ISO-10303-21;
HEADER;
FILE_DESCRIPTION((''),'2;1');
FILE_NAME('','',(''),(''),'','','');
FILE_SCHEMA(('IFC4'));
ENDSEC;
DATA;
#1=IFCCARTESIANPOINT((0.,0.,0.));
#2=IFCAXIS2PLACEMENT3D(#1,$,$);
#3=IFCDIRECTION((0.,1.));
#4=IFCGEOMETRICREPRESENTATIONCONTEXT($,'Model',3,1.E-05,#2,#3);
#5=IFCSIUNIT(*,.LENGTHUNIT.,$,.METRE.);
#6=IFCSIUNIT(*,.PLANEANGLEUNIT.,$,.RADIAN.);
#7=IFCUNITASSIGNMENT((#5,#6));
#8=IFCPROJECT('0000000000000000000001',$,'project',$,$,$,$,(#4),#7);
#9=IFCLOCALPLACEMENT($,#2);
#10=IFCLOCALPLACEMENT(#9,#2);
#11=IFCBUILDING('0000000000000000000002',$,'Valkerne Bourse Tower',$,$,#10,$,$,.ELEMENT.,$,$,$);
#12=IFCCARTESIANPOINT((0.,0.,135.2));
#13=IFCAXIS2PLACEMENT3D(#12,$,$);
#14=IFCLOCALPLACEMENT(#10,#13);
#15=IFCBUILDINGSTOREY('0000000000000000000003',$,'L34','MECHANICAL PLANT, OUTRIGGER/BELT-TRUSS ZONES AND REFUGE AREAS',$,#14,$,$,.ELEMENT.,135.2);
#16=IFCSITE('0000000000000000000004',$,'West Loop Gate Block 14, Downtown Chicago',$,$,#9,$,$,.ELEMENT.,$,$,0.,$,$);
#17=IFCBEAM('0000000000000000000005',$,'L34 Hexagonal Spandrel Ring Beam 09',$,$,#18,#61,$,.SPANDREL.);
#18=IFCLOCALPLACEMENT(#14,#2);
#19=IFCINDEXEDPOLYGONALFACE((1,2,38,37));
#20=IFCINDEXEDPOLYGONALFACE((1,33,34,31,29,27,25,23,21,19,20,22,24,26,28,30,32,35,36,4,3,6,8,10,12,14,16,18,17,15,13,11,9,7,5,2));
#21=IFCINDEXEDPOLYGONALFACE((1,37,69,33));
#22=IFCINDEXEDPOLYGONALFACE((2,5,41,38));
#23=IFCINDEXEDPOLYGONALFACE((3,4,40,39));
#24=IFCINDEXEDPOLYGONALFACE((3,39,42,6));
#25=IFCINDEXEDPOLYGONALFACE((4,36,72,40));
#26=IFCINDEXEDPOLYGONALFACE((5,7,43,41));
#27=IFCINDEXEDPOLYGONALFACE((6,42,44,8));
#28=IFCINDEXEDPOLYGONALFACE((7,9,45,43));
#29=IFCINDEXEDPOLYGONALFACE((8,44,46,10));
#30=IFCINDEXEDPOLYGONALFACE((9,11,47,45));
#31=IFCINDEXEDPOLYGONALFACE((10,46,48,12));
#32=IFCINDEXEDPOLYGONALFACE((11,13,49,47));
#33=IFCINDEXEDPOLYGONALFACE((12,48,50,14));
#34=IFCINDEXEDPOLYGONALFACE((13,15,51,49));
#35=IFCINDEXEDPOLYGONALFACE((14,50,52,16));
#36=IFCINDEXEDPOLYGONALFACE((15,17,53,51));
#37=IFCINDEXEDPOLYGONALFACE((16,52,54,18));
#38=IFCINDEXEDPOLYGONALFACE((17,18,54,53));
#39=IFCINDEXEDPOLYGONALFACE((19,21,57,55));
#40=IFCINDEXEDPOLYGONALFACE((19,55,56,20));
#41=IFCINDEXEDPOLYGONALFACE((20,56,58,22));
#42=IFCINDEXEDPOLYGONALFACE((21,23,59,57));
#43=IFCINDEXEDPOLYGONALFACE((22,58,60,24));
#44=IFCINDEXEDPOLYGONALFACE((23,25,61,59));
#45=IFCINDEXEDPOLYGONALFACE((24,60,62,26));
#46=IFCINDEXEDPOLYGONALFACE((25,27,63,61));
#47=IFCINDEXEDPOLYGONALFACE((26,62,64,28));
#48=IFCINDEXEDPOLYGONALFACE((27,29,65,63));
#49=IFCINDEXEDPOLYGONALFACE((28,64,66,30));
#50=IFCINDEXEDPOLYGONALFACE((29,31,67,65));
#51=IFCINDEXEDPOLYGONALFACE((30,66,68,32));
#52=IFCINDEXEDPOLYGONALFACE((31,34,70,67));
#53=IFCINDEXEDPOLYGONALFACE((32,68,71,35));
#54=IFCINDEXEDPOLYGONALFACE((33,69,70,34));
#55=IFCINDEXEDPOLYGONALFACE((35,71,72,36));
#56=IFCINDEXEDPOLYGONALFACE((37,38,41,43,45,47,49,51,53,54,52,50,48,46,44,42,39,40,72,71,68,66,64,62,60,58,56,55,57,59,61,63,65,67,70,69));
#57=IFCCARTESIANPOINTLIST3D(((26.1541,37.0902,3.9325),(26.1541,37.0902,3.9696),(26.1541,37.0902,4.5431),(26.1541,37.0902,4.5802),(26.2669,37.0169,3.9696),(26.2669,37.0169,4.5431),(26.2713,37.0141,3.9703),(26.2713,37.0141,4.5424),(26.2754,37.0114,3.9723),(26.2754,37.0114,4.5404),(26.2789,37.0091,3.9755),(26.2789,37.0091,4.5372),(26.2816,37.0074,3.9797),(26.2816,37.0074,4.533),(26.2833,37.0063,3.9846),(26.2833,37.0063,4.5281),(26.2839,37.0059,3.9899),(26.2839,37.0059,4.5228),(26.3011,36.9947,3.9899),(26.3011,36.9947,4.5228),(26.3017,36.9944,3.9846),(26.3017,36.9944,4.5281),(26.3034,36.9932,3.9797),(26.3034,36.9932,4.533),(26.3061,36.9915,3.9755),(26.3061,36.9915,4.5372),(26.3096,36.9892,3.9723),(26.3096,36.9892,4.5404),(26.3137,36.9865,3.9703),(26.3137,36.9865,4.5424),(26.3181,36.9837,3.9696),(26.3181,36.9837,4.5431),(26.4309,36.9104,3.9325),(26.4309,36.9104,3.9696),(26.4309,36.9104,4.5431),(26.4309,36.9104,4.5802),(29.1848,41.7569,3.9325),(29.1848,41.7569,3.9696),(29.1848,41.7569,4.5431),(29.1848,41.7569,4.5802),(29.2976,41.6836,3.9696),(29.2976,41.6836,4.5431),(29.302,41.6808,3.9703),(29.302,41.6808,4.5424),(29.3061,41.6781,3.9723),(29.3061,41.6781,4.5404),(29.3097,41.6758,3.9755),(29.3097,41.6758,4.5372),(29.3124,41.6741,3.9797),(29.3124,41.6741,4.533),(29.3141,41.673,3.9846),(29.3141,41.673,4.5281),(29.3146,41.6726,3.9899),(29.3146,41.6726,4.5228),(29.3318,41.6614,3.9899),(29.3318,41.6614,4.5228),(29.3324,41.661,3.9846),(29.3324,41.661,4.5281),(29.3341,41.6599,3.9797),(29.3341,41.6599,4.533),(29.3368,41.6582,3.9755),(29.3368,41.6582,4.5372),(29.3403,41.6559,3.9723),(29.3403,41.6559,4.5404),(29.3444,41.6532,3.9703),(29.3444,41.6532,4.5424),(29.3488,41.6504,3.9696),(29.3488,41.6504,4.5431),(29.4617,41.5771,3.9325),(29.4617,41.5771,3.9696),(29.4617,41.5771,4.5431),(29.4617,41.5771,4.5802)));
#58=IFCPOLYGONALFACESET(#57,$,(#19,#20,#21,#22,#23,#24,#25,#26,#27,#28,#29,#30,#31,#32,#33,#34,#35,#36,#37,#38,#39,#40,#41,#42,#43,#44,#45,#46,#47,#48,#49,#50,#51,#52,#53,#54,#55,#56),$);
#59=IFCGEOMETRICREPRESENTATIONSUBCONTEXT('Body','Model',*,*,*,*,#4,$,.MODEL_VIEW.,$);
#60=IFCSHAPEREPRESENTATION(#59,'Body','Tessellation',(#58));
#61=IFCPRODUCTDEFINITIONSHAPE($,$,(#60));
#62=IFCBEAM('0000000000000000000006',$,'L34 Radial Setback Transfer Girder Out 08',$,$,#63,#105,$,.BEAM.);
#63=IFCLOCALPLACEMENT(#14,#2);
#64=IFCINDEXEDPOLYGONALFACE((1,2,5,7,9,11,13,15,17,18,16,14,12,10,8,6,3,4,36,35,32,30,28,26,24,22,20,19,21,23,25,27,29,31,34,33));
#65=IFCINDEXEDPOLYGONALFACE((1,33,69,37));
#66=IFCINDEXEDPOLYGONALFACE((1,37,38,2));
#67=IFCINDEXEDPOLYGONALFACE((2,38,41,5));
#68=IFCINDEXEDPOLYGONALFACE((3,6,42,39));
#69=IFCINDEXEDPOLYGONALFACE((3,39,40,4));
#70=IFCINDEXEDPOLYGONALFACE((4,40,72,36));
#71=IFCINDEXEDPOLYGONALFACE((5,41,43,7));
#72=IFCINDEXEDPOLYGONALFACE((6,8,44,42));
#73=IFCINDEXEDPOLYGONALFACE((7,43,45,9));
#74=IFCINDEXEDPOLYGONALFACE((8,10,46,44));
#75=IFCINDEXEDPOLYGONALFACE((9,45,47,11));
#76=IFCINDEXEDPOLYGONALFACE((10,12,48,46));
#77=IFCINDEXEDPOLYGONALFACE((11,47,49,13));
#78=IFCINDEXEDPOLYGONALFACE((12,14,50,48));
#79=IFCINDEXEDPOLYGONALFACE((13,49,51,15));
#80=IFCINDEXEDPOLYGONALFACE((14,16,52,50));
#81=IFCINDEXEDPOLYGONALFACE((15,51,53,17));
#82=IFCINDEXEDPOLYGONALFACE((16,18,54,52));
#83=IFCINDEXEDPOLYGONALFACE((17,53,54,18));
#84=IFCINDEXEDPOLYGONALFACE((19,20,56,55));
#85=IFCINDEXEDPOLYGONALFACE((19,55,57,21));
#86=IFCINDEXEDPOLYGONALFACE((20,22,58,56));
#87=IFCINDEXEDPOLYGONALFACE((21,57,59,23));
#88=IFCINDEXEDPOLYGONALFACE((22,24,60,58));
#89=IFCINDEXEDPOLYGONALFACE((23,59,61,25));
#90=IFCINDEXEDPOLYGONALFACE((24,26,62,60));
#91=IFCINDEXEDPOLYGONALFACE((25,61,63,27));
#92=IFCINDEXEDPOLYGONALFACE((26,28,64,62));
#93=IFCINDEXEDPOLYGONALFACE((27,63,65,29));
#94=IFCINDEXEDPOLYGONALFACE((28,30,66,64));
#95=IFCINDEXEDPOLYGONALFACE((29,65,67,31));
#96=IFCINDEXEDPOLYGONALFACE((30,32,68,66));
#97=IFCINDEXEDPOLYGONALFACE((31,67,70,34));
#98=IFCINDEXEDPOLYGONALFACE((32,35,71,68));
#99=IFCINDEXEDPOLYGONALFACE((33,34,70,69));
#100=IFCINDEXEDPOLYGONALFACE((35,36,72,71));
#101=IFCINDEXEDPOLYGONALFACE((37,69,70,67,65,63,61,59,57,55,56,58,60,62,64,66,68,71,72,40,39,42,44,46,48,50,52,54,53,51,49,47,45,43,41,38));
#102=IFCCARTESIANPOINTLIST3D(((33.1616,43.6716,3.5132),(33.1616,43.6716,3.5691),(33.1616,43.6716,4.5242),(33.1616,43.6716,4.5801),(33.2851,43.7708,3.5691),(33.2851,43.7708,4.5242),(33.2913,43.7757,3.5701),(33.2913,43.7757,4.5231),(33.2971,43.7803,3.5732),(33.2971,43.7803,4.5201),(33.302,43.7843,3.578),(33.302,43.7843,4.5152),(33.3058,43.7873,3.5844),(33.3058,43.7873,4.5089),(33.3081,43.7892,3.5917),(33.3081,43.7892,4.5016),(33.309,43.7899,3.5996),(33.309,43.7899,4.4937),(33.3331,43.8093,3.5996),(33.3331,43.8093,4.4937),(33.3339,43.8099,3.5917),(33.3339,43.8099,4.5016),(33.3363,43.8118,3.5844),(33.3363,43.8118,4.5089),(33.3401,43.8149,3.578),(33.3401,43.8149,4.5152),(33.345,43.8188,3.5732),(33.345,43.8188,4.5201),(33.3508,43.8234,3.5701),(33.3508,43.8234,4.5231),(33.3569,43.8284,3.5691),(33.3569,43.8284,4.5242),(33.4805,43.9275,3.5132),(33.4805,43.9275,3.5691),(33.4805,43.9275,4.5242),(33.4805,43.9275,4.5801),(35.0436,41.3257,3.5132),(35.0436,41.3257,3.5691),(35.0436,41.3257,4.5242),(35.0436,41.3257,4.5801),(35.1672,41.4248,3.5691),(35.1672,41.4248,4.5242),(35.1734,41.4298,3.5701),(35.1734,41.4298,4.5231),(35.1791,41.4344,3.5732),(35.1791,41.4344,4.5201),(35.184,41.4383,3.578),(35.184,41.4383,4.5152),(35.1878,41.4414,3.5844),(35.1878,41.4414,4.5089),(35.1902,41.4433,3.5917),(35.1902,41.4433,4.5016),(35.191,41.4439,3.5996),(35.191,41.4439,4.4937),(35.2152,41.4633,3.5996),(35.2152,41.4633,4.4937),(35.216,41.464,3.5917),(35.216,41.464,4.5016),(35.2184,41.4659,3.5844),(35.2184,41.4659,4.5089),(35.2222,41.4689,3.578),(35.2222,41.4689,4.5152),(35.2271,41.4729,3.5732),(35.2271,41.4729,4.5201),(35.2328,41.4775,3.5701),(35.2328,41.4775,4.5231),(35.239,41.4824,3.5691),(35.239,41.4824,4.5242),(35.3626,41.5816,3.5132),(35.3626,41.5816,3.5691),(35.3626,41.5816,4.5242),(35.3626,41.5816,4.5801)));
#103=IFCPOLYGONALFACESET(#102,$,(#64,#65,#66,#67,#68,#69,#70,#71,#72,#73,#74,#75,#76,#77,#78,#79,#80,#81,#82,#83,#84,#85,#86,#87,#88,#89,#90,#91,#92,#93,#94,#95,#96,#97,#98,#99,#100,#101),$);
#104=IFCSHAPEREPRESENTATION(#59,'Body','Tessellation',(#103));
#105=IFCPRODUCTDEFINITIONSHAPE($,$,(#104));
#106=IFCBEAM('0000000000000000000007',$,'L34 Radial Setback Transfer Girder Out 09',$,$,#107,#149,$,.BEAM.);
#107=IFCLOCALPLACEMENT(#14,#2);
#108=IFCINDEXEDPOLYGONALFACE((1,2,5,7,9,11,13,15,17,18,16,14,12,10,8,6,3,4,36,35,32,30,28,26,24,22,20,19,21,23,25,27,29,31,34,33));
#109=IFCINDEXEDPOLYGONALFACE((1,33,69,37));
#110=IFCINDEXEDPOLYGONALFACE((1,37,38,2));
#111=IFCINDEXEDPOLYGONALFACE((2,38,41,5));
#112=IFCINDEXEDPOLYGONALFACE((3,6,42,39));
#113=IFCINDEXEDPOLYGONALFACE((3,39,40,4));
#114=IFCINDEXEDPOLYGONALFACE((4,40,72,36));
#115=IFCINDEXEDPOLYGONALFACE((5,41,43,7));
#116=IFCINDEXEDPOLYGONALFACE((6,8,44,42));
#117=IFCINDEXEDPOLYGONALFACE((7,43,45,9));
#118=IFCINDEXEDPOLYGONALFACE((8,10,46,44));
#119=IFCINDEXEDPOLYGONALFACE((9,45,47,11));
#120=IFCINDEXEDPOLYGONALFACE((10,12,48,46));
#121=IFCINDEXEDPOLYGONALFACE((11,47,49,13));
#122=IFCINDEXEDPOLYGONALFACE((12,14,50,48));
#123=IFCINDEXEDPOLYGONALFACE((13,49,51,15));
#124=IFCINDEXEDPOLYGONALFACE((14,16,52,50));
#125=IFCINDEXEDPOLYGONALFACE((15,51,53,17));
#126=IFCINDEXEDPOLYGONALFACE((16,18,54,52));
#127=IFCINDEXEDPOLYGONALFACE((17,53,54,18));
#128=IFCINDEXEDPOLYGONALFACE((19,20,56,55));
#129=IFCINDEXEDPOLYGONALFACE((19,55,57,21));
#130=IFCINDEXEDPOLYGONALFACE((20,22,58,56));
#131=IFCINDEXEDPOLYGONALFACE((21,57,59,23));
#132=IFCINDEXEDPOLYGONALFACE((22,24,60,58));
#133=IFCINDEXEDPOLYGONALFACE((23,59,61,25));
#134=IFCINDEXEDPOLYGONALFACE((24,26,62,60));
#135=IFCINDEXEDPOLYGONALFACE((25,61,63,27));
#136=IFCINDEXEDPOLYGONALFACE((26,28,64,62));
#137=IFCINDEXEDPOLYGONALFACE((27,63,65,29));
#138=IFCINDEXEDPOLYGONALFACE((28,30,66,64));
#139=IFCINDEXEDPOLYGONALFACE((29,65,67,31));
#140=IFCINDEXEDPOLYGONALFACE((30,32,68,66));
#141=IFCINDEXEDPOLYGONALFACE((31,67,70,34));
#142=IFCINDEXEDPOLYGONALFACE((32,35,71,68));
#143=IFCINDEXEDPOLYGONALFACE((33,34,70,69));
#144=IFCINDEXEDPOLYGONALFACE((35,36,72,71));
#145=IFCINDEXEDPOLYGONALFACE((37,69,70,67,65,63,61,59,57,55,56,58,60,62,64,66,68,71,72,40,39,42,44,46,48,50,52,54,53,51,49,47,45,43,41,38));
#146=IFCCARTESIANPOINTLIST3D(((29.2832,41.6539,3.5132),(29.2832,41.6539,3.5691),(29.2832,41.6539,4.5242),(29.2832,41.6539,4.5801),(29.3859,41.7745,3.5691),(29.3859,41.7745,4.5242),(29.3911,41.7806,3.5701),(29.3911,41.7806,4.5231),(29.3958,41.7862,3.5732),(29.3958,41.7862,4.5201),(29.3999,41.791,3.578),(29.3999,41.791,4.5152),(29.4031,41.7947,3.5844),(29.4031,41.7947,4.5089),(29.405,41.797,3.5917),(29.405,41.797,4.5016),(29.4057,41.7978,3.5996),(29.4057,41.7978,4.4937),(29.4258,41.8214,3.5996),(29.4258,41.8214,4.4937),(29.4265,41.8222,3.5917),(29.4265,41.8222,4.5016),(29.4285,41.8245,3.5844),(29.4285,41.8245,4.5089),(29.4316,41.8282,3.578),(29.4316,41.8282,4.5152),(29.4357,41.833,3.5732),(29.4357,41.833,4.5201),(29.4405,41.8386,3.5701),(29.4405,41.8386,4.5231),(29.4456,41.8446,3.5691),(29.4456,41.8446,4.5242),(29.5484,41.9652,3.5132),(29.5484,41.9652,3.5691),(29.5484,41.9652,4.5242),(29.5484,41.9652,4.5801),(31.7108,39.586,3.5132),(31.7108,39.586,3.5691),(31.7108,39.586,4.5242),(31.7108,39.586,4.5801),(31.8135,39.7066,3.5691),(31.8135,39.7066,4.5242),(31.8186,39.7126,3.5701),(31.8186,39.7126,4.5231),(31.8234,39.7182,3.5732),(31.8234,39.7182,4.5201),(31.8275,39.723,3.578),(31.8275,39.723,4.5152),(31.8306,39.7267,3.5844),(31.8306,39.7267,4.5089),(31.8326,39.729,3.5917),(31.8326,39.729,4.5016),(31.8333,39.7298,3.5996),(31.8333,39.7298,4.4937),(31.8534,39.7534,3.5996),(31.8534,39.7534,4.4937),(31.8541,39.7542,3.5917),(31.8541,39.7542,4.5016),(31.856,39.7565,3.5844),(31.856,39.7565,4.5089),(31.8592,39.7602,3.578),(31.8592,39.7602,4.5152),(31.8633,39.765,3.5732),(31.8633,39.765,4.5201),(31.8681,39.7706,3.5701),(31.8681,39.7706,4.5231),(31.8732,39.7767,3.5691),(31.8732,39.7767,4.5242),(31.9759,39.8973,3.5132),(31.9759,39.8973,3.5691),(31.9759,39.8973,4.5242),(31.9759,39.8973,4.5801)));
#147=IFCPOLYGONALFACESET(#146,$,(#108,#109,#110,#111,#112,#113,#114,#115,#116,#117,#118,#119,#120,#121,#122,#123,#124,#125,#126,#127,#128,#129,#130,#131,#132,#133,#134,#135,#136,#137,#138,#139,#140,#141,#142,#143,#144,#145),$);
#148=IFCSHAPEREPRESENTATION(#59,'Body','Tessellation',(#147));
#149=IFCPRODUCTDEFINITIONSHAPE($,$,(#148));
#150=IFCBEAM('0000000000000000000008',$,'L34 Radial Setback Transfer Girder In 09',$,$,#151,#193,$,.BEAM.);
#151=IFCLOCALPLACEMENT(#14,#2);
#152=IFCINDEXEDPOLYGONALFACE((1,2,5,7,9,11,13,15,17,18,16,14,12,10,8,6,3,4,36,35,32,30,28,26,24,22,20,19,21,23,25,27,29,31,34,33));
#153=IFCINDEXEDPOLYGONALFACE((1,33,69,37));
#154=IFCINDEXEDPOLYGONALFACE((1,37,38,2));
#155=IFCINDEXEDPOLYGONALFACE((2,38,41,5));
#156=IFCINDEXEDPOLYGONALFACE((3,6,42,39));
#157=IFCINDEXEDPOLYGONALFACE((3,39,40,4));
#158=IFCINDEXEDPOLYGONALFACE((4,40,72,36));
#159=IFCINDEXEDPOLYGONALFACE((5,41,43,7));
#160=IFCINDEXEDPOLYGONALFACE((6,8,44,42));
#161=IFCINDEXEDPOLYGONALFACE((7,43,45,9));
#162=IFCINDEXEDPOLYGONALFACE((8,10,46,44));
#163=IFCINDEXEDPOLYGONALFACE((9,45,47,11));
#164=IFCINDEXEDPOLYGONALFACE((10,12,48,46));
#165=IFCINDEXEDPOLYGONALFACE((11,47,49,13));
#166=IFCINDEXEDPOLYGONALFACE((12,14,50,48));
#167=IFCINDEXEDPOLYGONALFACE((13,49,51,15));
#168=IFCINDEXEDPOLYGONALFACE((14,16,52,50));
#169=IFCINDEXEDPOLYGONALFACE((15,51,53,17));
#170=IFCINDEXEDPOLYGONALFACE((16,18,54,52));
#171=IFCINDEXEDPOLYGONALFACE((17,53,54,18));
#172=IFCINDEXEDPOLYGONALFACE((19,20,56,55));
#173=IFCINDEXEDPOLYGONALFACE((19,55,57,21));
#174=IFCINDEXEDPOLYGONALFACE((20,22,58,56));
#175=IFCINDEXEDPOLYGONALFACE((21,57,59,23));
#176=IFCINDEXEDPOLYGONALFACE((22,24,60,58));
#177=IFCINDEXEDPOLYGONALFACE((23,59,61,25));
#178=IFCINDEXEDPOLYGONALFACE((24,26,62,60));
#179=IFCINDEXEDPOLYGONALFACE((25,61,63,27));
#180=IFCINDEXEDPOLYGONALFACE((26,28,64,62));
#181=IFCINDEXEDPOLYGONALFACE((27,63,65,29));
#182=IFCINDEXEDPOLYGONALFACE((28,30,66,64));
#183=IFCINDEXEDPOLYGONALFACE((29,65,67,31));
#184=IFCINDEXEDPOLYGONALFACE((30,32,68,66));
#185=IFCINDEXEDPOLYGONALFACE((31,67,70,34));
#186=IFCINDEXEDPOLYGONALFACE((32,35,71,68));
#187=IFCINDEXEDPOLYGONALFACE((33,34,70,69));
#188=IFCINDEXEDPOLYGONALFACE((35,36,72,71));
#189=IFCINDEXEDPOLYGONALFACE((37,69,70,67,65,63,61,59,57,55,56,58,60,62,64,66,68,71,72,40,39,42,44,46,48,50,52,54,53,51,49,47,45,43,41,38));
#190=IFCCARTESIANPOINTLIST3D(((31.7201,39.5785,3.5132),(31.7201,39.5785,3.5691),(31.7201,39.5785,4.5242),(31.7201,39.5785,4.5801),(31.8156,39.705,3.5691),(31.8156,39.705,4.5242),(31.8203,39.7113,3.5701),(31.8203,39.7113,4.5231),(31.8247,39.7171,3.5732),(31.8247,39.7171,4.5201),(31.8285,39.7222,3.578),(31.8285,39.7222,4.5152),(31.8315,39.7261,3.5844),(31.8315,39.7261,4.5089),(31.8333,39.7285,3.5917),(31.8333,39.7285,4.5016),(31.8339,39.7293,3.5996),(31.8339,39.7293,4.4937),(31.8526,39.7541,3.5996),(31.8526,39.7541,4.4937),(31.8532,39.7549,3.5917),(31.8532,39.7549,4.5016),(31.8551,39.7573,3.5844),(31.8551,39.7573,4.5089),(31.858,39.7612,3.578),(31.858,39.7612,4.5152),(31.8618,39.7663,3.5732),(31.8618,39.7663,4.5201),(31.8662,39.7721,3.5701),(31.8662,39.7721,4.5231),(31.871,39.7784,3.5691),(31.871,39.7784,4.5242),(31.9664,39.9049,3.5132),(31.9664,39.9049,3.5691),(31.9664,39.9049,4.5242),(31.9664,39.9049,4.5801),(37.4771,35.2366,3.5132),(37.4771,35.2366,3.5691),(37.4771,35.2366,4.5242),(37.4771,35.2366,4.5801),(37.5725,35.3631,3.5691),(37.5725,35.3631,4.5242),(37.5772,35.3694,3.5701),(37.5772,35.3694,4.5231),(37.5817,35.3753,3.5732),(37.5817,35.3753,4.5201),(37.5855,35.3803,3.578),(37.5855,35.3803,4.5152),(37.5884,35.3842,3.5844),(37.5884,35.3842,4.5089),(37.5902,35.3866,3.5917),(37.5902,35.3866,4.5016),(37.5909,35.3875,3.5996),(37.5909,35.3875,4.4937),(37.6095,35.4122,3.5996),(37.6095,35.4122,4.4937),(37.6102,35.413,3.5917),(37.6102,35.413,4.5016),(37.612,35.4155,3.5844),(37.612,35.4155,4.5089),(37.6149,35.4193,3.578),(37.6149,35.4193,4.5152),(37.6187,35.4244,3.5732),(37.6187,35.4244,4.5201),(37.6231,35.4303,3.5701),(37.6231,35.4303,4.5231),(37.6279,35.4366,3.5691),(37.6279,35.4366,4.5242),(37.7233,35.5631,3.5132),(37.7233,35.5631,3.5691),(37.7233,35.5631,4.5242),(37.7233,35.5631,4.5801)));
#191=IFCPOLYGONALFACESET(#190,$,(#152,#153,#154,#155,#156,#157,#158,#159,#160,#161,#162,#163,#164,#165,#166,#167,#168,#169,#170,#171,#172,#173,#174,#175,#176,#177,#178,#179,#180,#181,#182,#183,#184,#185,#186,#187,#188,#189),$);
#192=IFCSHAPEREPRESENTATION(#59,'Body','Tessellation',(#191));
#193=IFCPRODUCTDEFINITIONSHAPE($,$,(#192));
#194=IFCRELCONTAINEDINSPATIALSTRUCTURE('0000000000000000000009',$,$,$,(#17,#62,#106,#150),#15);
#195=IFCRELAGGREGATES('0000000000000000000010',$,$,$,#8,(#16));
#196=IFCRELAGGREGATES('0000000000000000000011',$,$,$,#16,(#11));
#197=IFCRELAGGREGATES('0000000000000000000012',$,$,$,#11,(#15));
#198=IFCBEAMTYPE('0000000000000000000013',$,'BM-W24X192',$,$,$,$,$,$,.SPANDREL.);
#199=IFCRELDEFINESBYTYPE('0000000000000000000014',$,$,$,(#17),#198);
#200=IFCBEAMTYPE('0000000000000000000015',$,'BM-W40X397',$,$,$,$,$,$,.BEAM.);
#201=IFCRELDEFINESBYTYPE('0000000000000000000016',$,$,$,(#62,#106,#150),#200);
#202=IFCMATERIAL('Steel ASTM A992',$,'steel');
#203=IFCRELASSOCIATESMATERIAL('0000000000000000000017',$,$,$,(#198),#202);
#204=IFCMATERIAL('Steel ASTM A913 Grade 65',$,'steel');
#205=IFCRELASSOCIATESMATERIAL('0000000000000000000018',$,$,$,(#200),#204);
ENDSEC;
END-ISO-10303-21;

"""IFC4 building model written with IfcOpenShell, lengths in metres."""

from ifc_helpers import new_model, si_unit, direction, frame, origin, origin_2d, place, context, subcontext, project, spatial, i_section, extrude, material, material_profile, profile_set, type_object, element, save


model = new_model("IFC4")

# Units and contexts
model_context = context("Model", 3, precision=1e-05, world=origin(), true_north=direction((0.0, 1.0)))
body_context = subcontext(model_context, "Body", "Model", "MODEL_VIEW")
ifc_project = project(units=[si_unit("LENGTHUNIT", "METRE"), si_unit("PLANEANGLEUNIT", "RADIAN")], contexts=[model_context])

# Site, building, storey
site_placement = place(None, origin())
site = spatial("IfcSite", under=ifc_project, at=site_placement, Name="West Loop Gate Block 14, Downtown Chicago", CompositionType="ELEMENT", RefElevation=0.0)
building_placement = place(site_placement, origin())
building = spatial("IfcBuilding", under=site, at=building_placement, Name="Valkerne Bourse Tower", CompositionType="ELEMENT")
storey_placement = place(building_placement, frame((0.0, 0.0, 135.2)))
storey = spatial("IfcBuildingStorey", under=building, at=storey_placement, Name="L34", Description="MECHANICAL PLANT, OUTRIGGER/BELT-TRUSS ZONES AND REFUGE AREAS", CompositionType="ELEMENT", Elevation=135.2)

# Shared definitions
ifc_material_1 = material(Name="Steel ASTM A913 Grade 65", Category="steel")

# Beams
ifc_material_2 = material(Name="Steel ASTM A992", Category="steel")
ifc_material_profile_1 = material_profile(ifc_material_2, i_section(OverallWidth=0.3301, OverallDepth=0.6477, WebThickness=0.0205, FlangeThickness=0.0371, FilletRadius=0.0203, at=origin_2d()), Name="W24X192")
ifc_profile_set_1 = profile_set([ifc_material_profile_1], Name="Steel ASTM A992")
beam_type_1 = type_object("IfcBeamType", Name="BM-W24X192", PredefinedType="SPANDREL", material=ifc_profile_set_1)
beam_1_placement = place(storey_placement, frame((29.3232, 41.667, 4.2563), z_axis=(-0.544657, -0.838659, 0.0), x_axis=(0.838659, -0.544657, 0.0)))
element("IfcBeam", 1, at=beam_1_placement, inside=storey, type_object=beam_type_1, Name="L34 Hexagonal Spandrel Ring Beam 09", PredefinedType="SPANDREL", context=body_context, shape_type="SweptSolid", body=[
    extrude(i_section(OverallWidth=0.3301, OverallDepth=0.6477, WebThickness=0.0205, FlangeThickness=0.0371, FilletRadius=0.0203, at=origin_2d()), origin(), (0.0, 0.0, 1.0), 5.5645),
])
ifc_material_profile_2 = material_profile(ifc_material_1, i_section(OverallWidth=0.4089, OverallDepth=1.0669, WebThickness=0.031, FlangeThickness=0.0559, FilletRadius=0.0305, at=origin_2d()), Name="W40X397")
ifc_profile_set_2 = profile_set([ifc_material_profile_2], Name="Steel ASTM A913 Grade 65")
beam_type_2 = type_object("IfcBeamType", Name="BM-W40X397", PredefinedType="BEAM", material=ifc_profile_set_2)
beam_2_placement = place(storey_placement, frame((33.321, 43.7996, 4.0466), z_axis=(0.625773, -0.780005, 0.0), x_axis=(0.780005, 0.625773, 0.0)))
element("IfcBeam", 2, at=beam_2_placement, inside=storey, type_object=beam_type_2, Name="L34 Radial Setback Transfer Girder Out 08", PredefinedType="BEAM", context=body_context, shape_type="SweptSolid", body=[
    extrude(i_section(OverallWidth=0.4089, OverallDepth=1.0669, WebThickness=0.031, FlangeThickness=0.0559, FilletRadius=0.0305, at=origin_2d()), origin(), (0.0, 0.0, 1.0), 3.0076),
])
beam_3_placement = place(storey_placement, frame((29.4158, 41.8096, 4.0466), z_axis=(0.761242, -0.648468, 0.0), x_axis=(0.648468, 0.761242, 0.0)))
element("IfcBeam", 3, at=beam_3_placement, inside=storey, type_object=beam_type_2, Name="L34 Radial Setback Transfer Girder Out 09", PredefinedType="BEAM", context=body_context, shape_type="SweptSolid", body=[
    extrude(i_section(OverallWidth=0.4089, OverallDepth=1.0669, WebThickness=0.031, FlangeThickness=0.0559, FilletRadius=0.0305, at=origin_2d()), origin(), (0.0, 0.0, 1.0), 3.189),
])
beam_4_placement = place(storey_placement, frame((31.8433, 39.7417, 4.0466), z_axis=(0.798388, -0.602143, 0.0), x_axis=(0.602143, 0.798388, 0.0)))
element("IfcBeam", 4, at=beam_4_placement, inside=storey, type_object=beam_type_2, Name="L34 Radial Setback Transfer Girder In 09", PredefinedType="BEAM", context=body_context, shape_type="SweptSolid", body=[
    extrude(i_section(OverallWidth=0.4089, OverallDepth=1.0669, WebThickness=0.031, FlangeThickness=0.0559, FilletRadius=0.0305, at=origin_2d()), origin(), (0.0, 0.0, 1.0), 7.2107),
])

save(model, "model.ifc")
